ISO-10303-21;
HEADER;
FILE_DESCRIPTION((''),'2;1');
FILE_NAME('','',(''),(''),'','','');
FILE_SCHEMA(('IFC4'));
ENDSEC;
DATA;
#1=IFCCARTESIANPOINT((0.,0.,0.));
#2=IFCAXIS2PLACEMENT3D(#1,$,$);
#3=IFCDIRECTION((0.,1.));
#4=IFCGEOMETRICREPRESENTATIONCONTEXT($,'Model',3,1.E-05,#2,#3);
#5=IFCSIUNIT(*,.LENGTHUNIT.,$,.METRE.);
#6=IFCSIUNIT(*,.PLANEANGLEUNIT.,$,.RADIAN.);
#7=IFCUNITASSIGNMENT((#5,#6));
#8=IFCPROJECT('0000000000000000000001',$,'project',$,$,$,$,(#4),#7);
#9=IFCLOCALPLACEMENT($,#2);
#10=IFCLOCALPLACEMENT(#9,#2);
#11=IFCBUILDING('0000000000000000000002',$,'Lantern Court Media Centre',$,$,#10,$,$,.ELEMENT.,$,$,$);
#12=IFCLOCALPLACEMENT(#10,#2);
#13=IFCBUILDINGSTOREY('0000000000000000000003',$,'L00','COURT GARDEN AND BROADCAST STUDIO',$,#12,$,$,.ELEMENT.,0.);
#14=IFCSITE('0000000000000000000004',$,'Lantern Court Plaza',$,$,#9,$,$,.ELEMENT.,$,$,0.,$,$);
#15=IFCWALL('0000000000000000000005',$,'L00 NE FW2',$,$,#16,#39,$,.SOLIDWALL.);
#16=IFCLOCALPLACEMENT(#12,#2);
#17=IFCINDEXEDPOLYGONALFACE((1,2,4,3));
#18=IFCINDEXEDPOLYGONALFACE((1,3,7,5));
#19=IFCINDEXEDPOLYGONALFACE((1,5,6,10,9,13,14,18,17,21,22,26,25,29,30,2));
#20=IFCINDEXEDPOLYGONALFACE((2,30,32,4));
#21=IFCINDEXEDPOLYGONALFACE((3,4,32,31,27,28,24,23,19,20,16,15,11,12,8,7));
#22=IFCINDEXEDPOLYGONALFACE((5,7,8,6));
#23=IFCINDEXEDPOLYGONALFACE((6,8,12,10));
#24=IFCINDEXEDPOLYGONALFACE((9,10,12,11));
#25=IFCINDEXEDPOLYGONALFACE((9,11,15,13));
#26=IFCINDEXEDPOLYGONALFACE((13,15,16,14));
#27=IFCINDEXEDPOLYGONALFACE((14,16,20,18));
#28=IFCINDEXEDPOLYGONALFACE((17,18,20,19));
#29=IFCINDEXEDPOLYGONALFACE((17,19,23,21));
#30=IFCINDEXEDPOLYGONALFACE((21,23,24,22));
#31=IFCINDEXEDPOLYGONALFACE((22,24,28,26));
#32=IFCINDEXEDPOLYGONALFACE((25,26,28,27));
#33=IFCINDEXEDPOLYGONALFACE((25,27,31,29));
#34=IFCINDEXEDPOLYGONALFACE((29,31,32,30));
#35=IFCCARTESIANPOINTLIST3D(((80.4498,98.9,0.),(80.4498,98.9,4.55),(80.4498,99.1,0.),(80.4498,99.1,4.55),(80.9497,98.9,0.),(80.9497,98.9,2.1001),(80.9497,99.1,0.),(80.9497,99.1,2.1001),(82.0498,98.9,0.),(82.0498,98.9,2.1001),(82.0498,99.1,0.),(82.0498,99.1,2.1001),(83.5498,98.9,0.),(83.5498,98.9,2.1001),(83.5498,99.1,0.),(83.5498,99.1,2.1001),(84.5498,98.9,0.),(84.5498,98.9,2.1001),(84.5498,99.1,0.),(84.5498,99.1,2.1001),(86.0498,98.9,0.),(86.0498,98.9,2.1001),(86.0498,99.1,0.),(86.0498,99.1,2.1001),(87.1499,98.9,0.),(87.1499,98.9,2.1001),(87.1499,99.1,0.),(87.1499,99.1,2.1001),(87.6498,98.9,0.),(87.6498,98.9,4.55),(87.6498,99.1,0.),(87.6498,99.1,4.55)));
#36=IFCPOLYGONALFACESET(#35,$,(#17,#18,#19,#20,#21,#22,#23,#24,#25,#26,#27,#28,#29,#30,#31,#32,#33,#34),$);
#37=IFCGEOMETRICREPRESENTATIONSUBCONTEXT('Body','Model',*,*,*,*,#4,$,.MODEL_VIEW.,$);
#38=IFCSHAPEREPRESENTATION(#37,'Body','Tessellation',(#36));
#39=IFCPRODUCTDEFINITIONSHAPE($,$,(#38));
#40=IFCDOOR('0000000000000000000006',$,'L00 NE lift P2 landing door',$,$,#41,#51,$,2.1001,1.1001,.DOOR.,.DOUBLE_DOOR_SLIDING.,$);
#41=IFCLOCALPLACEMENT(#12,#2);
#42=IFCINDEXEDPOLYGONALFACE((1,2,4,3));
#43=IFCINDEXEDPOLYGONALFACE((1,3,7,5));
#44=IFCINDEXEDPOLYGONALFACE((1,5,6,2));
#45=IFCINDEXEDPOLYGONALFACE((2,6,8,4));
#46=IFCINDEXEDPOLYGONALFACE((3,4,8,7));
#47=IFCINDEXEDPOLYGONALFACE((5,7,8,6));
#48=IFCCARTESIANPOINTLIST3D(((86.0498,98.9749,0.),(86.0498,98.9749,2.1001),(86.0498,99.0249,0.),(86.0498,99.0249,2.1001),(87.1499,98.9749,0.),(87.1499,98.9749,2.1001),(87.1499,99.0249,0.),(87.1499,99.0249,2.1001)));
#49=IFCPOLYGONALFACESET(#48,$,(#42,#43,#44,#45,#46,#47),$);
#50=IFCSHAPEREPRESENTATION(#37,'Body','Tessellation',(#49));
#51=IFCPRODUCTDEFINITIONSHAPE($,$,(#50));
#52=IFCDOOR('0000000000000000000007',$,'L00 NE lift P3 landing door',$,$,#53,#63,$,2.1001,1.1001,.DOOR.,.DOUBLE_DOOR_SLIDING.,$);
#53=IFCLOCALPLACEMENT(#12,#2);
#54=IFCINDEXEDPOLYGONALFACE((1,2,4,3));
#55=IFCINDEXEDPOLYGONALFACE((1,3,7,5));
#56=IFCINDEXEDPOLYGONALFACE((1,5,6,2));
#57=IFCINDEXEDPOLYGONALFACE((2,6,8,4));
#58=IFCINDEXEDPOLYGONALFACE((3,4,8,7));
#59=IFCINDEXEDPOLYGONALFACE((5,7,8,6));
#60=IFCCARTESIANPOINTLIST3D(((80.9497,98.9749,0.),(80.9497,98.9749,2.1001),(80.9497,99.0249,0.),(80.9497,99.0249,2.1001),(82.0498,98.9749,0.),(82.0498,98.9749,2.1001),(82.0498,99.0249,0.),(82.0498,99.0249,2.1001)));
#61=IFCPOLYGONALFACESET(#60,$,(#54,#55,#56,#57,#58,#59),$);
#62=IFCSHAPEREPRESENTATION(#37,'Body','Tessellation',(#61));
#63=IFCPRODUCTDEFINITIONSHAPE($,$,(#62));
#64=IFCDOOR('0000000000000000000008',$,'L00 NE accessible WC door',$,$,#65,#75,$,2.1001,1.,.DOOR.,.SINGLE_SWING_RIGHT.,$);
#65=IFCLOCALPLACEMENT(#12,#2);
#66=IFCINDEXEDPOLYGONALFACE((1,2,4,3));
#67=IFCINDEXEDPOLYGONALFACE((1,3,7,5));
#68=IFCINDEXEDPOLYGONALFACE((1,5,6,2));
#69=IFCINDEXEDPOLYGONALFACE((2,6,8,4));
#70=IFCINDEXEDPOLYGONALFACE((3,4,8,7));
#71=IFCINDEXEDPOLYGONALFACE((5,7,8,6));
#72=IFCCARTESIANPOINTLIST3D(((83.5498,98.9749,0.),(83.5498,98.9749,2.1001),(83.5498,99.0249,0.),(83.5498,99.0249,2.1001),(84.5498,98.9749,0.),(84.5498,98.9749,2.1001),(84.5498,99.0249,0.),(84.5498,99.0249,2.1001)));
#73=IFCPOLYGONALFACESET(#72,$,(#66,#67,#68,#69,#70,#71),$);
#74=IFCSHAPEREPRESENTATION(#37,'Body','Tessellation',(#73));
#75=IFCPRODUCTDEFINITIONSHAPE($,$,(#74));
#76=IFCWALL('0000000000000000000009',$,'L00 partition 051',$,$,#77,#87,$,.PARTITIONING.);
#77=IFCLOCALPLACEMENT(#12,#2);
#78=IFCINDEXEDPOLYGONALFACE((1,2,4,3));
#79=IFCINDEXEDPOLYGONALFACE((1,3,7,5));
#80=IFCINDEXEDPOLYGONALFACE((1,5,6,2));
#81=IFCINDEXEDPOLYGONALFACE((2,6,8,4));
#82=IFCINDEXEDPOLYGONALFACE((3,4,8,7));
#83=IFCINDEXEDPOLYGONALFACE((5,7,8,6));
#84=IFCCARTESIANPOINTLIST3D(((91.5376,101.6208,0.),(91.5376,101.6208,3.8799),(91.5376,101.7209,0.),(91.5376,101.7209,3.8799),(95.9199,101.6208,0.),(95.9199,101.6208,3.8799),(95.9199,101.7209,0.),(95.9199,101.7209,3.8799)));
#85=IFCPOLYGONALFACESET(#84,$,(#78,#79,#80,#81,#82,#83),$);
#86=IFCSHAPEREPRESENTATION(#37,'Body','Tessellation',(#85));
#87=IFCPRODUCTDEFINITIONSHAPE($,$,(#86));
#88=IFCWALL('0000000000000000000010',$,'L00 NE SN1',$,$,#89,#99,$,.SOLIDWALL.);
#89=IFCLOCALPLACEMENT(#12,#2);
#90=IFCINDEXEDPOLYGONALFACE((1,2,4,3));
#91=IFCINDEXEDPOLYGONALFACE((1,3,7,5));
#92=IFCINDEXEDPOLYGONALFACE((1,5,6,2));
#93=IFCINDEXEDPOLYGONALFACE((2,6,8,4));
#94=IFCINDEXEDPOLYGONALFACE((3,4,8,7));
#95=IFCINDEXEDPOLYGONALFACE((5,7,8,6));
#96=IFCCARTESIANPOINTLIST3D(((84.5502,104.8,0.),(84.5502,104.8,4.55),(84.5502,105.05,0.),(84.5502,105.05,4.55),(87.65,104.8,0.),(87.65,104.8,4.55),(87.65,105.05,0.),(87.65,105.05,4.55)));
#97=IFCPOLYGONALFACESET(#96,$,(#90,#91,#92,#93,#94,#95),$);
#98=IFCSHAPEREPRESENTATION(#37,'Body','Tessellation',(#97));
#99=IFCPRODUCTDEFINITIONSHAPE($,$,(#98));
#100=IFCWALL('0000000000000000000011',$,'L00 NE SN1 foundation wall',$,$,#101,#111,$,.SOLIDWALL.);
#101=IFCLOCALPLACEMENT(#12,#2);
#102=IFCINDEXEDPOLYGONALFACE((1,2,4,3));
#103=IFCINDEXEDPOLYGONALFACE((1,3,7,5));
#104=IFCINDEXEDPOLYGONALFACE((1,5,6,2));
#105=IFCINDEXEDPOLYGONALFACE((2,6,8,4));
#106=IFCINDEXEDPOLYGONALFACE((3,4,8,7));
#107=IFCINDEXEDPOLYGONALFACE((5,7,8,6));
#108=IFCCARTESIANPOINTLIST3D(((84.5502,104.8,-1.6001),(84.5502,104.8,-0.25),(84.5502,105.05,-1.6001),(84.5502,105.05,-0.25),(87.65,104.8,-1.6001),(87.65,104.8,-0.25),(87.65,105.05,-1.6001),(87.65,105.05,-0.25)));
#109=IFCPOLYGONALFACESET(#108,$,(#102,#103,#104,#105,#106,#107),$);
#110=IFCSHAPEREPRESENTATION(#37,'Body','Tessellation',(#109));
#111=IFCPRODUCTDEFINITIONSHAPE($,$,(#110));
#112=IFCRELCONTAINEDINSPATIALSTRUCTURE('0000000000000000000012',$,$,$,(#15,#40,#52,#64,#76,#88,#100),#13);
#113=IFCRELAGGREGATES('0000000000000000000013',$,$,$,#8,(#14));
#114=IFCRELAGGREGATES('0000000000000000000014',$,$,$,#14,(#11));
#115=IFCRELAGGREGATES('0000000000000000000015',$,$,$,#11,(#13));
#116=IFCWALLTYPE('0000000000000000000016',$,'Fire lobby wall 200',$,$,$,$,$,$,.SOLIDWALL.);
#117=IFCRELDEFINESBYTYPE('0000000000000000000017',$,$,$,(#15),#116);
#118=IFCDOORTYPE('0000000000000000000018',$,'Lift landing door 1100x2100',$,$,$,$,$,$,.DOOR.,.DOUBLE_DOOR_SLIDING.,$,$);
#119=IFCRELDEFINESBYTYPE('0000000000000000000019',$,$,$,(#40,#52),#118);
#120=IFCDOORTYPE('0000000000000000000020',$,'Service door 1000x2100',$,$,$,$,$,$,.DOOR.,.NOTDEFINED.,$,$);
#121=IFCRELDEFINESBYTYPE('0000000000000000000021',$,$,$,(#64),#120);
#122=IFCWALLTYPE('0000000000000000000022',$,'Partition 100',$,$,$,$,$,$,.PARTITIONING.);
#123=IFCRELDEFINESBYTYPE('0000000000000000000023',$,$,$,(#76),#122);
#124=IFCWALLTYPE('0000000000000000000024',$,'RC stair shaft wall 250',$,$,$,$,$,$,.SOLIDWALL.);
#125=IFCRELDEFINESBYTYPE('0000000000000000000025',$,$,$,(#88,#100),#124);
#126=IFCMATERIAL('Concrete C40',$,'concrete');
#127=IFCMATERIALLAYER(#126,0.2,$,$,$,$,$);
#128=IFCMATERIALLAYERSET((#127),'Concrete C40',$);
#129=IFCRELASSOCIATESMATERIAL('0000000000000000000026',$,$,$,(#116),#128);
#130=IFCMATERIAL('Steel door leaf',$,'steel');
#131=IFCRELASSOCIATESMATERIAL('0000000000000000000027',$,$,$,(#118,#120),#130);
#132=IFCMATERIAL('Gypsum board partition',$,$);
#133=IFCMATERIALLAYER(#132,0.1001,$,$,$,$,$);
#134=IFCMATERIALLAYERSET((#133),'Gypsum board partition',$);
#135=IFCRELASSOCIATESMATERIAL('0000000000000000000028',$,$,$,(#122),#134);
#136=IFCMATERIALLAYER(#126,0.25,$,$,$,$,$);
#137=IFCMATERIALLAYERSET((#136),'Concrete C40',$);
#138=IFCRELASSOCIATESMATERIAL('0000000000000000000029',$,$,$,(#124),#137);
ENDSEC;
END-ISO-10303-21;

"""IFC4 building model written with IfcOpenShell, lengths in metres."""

from ifc_helpers import new_model, si_unit, direction, frame, frame_2d, origin, place, context, subcontext, project, spatial, rectangle, extrude, material, layer, layer_set, type_object, element, fill, save


model = new_model("IFC4")

# Units and contexts
model_context = context("Model", 3, precision=1e-05, world=origin(), true_north=direction((0.0, 1.0)))
body_context = subcontext(model_context, "Body", "Model", "MODEL_VIEW")
ifc_project = project(units=[si_unit("LENGTHUNIT", "METRE"), si_unit("PLANEANGLEUNIT", "RADIAN")], contexts=[model_context])

# Site, building, storey
site_placement = place(None, origin())
site = spatial("IfcSite", under=ifc_project, at=site_placement, Name="Lantern Court Plaza", CompositionType="ELEMENT", RefElevation=0.0)
building_placement = place(site_placement, origin())
building = spatial("IfcBuilding", under=site, at=building_placement, Name="Lantern Court Media Centre", CompositionType="ELEMENT")
storey_placement = place(building_placement, origin())
storey = spatial("IfcBuildingStorey", under=building, at=storey_placement, Name="L00", Description="COURT GARDEN AND BROADCAST STUDIO", CompositionType="ELEMENT", Elevation=0.0)

# Shared definitions
ifc_material_1 = material(Name="Gypsum board partition")

# Wall, openings, doors
ifc_material_2 = material(Name="Concrete C40", Category="concrete")
ifc_layer_1 = layer(ifc_material_2, 0.2)
ifc_layer_set_1 = layer_set([ifc_layer_1], Name="Concrete C40")
wall_type_1 = type_object("IfcWallType", Name="Fire lobby wall 200", PredefinedType="SOLIDWALL", material=ifc_layer_set_1)
ifc_material_3 = material(Name="Steel door leaf", Category="steel")
door_type_1 = type_object("IfcDoorType", Name="Lift landing door 1100x2100", OperationType="DOUBLE_DOOR_SLIDING", PredefinedType="DOOR", material=ifc_material_3)
door_type_2 = type_object("IfcDoorType", Name="Service door 1000x2100", OperationType="NOTDEFINED", PredefinedType="DOOR", material=ifc_material_3)
wall_1_placement = place(storey_placement, frame((87.6499, 99.0, 0.0), z_axis=(0.0, 0.0, 1.0), x_axis=(-1.0, 0.0, 0.0)))
wall_1 = element("IfcWall", 1, at=wall_1_placement, inside=storey, type_object=wall_type_1, Name="L00 NE FW2", PredefinedType="SOLIDWALL", context=body_context, shape_type="SweptSolid", body=[
    extrude(rectangle(XDim=7.2, YDim=0.2, at=frame_2d((3.6001, 0.0))), origin(), (0.0, 0.0, 1.0), 4.55),
])
opening_1_placement = place(wall_1_placement, frame((0.5, 0.0, 0.0)))
opening_1 = element("IfcOpeningElement", 2, at=opening_1_placement, cuts=wall_1, PredefinedType="OPENING", context=body_context, shape_type="SweptSolid", body=[
    extrude(rectangle(XDim=1.1001, YDim=2.1001, at=frame_2d((0.55, 1.05))), frame((0.0, 0.1099, 0.0), z_axis=(0.0, -1.0, 0.0), x_axis=(1.0, 0.0, 0.0)), (0.0, 0.0, 1.0), 0.22),
])
opening_2_placement = place(wall_1_placement, frame((5.6001, 0.0, 0.0)))
opening_2 = element("IfcOpeningElement", 3, at=opening_2_placement, cuts=wall_1, PredefinedType="OPENING", context=body_context, shape_type="SweptSolid", body=[
    extrude(rectangle(XDim=1.1001, YDim=2.1001, at=frame_2d((0.55, 1.05))), frame((0.0, 0.1099, 0.0), z_axis=(0.0, -1.0, 0.0), x_axis=(1.0, 0.0, 0.0)), (0.0, 0.0, 1.0), 0.22),
])
opening_3_placement = place(wall_1_placement, frame((3.1001, 0.0, 0.0)))
opening_3 = element("IfcOpeningElement", 4, at=opening_3_placement, cuts=wall_1, PredefinedType="OPENING", context=body_context, shape_type="SweptSolid", body=[
    extrude(rectangle(XDim=1.0, YDim=2.1001, at=frame_2d((0.5, 1.05))), frame((0.0, 0.1099, 0.0), z_axis=(0.0, -1.0, 0.0), x_axis=(1.0, 0.0, 0.0)), (0.0, 0.0, 1.0), 0.22),
])
door_1_placement = place(opening_1_placement, frame((1.1001, 0.0, 0.0), z_axis=(0.0, 0.0, 1.0), x_axis=(-1.0, 0.0, 0.0)))
door_1 = element("IfcDoor", 5, at=door_1_placement, inside=storey, type_object=door_type_1, Name="L00 NE lift P2 landing door", OperationType="DOUBLE_DOOR_SLIDING", OverallHeight=2.1001, OverallWidth=1.1001, PredefinedType="DOOR", context=body_context, shape_type="SweptSolid", body=[
    extrude(rectangle(XDim=1.1001, YDim=2.1001, at=frame_2d((0.55, 1.05))), frame((0.0, 0.0249, 0.0), z_axis=(0.0, -1.0, 0.0), x_axis=(1.0, 0.0, 0.0)), (0.0, 0.0, 1.0), 0.05),
])
fill(opening_1, door_1)
door_2_placement = place(opening_2_placement, frame((1.1001, 0.0, 0.0), z_axis=(0.0, 0.0, 1.0), x_axis=(-1.0, 0.0, 0.0)))
door_2 = element("IfcDoor", 6, at=door_2_placement, inside=storey, type_object=door_type_1, Name="L00 NE lift P3 landing door", OperationType="DOUBLE_DOOR_SLIDING", OverallHeight=2.1001, OverallWidth=1.1001, PredefinedType="DOOR", context=body_context, shape_type="SweptSolid", body=[
    extrude(rectangle(XDim=1.1001, YDim=2.1001, at=frame_2d((0.55, 1.05))), frame((0.0, 0.0249, 0.0), z_axis=(0.0, -1.0, 0.0), x_axis=(1.0, 0.0, 0.0)), (0.0, 0.0, 1.0), 0.05),
])
fill(opening_2, door_2)
door_3_placement = place(opening_3_placement, frame((1.0, 0.0, 0.0), z_axis=(0.0, 0.0, 1.0), x_axis=(-1.0, 0.0, 0.0)))
door_3 = element("IfcDoor", 7, at=door_3_placement, inside=storey, type_object=door_type_2, Name="L00 NE accessible WC door", OperationType="SINGLE_SWING_RIGHT", OverallHeight=2.1001, OverallWidth=1.0, PredefinedType="DOOR", context=body_context, shape_type="SweptSolid", body=[
    extrude(rectangle(XDim=1.0, YDim=2.1001, at=frame_2d((0.5, 1.05))), frame((0.0, 0.0249, 0.0), z_axis=(0.0, -1.0, 0.0), x_axis=(1.0, 0.0, 0.0)), (0.0, 0.0, 1.0), 0.05),
])
fill(opening_3, door_3)

# Walls
ifc_layer_2 = layer(ifc_material_1, 0.1001)
ifc_layer_set_2 = layer_set([ifc_layer_2], Name="Gypsum board partition")
wall_type_2 = type_object("IfcWallType", Name="Partition 100", PredefinedType="PARTITIONING", material=ifc_layer_set_2)
wall_2_placement = place(storey_placement, frame((91.5376, 101.6709, 0.0), z_axis=(0.0, 0.0, 1.0), x_axis=(1.0, 0.0, 0.0)))
element("IfcWall", 8, at=wall_2_placement, inside=storey, type_object=wall_type_2, Name="L00 partition 051", PredefinedType="PARTITIONING", context=body_context, shape_type="SweptSolid", body=[
    extrude(rectangle(XDim=4.3823, YDim=0.1001, at=frame_2d((2.1912, 0.0))), origin(), (0.0, 0.0, 1.0), 3.8799),
])
ifc_layer_3 = layer(ifc_material_2, 0.25)
ifc_layer_set_3 = layer_set([ifc_layer_3], Name="Concrete C40")
wall_type_3 = type_object("IfcWallType", Name="RC stair shaft wall 250", PredefinedType="SOLIDWALL", material=ifc_layer_set_3)
wall_3_placement = place(storey_placement, frame((87.6499, 104.925, 0.0), z_axis=(0.0, 0.0, 1.0), x_axis=(-1.0, 0.0, 0.0)))
element("IfcWall", 9, at=wall_3_placement, inside=storey, type_object=wall_type_3, Name="L00 NE SN1", PredefinedType="SOLIDWALL", context=body_context, shape_type="SweptSolid", body=[
    extrude(rectangle(XDim=3.0999, YDim=0.25, at=frame_2d((1.5498, 0.0))), origin(), (0.0, 0.0, 1.0), 4.55),
])
wall_4_placement = place(storey_placement, frame((87.6499, 104.925, -1.6001), z_axis=(0.0, 0.0, 1.0), x_axis=(-1.0, 0.0, 0.0)))
element("IfcWall", 10, at=wall_4_placement, inside=storey, type_object=wall_type_3, Name="L00 NE SN1 foundation wall", PredefinedType="SOLIDWALL", context=body_context, shape_type="SweptSolid", body=[
    extrude(rectangle(XDim=3.0999, YDim=0.25, at=frame_2d((1.5498, 0.0))), origin(), (0.0, 0.0, 1.0), 1.3501),
])

save(model, "model.ifc")
